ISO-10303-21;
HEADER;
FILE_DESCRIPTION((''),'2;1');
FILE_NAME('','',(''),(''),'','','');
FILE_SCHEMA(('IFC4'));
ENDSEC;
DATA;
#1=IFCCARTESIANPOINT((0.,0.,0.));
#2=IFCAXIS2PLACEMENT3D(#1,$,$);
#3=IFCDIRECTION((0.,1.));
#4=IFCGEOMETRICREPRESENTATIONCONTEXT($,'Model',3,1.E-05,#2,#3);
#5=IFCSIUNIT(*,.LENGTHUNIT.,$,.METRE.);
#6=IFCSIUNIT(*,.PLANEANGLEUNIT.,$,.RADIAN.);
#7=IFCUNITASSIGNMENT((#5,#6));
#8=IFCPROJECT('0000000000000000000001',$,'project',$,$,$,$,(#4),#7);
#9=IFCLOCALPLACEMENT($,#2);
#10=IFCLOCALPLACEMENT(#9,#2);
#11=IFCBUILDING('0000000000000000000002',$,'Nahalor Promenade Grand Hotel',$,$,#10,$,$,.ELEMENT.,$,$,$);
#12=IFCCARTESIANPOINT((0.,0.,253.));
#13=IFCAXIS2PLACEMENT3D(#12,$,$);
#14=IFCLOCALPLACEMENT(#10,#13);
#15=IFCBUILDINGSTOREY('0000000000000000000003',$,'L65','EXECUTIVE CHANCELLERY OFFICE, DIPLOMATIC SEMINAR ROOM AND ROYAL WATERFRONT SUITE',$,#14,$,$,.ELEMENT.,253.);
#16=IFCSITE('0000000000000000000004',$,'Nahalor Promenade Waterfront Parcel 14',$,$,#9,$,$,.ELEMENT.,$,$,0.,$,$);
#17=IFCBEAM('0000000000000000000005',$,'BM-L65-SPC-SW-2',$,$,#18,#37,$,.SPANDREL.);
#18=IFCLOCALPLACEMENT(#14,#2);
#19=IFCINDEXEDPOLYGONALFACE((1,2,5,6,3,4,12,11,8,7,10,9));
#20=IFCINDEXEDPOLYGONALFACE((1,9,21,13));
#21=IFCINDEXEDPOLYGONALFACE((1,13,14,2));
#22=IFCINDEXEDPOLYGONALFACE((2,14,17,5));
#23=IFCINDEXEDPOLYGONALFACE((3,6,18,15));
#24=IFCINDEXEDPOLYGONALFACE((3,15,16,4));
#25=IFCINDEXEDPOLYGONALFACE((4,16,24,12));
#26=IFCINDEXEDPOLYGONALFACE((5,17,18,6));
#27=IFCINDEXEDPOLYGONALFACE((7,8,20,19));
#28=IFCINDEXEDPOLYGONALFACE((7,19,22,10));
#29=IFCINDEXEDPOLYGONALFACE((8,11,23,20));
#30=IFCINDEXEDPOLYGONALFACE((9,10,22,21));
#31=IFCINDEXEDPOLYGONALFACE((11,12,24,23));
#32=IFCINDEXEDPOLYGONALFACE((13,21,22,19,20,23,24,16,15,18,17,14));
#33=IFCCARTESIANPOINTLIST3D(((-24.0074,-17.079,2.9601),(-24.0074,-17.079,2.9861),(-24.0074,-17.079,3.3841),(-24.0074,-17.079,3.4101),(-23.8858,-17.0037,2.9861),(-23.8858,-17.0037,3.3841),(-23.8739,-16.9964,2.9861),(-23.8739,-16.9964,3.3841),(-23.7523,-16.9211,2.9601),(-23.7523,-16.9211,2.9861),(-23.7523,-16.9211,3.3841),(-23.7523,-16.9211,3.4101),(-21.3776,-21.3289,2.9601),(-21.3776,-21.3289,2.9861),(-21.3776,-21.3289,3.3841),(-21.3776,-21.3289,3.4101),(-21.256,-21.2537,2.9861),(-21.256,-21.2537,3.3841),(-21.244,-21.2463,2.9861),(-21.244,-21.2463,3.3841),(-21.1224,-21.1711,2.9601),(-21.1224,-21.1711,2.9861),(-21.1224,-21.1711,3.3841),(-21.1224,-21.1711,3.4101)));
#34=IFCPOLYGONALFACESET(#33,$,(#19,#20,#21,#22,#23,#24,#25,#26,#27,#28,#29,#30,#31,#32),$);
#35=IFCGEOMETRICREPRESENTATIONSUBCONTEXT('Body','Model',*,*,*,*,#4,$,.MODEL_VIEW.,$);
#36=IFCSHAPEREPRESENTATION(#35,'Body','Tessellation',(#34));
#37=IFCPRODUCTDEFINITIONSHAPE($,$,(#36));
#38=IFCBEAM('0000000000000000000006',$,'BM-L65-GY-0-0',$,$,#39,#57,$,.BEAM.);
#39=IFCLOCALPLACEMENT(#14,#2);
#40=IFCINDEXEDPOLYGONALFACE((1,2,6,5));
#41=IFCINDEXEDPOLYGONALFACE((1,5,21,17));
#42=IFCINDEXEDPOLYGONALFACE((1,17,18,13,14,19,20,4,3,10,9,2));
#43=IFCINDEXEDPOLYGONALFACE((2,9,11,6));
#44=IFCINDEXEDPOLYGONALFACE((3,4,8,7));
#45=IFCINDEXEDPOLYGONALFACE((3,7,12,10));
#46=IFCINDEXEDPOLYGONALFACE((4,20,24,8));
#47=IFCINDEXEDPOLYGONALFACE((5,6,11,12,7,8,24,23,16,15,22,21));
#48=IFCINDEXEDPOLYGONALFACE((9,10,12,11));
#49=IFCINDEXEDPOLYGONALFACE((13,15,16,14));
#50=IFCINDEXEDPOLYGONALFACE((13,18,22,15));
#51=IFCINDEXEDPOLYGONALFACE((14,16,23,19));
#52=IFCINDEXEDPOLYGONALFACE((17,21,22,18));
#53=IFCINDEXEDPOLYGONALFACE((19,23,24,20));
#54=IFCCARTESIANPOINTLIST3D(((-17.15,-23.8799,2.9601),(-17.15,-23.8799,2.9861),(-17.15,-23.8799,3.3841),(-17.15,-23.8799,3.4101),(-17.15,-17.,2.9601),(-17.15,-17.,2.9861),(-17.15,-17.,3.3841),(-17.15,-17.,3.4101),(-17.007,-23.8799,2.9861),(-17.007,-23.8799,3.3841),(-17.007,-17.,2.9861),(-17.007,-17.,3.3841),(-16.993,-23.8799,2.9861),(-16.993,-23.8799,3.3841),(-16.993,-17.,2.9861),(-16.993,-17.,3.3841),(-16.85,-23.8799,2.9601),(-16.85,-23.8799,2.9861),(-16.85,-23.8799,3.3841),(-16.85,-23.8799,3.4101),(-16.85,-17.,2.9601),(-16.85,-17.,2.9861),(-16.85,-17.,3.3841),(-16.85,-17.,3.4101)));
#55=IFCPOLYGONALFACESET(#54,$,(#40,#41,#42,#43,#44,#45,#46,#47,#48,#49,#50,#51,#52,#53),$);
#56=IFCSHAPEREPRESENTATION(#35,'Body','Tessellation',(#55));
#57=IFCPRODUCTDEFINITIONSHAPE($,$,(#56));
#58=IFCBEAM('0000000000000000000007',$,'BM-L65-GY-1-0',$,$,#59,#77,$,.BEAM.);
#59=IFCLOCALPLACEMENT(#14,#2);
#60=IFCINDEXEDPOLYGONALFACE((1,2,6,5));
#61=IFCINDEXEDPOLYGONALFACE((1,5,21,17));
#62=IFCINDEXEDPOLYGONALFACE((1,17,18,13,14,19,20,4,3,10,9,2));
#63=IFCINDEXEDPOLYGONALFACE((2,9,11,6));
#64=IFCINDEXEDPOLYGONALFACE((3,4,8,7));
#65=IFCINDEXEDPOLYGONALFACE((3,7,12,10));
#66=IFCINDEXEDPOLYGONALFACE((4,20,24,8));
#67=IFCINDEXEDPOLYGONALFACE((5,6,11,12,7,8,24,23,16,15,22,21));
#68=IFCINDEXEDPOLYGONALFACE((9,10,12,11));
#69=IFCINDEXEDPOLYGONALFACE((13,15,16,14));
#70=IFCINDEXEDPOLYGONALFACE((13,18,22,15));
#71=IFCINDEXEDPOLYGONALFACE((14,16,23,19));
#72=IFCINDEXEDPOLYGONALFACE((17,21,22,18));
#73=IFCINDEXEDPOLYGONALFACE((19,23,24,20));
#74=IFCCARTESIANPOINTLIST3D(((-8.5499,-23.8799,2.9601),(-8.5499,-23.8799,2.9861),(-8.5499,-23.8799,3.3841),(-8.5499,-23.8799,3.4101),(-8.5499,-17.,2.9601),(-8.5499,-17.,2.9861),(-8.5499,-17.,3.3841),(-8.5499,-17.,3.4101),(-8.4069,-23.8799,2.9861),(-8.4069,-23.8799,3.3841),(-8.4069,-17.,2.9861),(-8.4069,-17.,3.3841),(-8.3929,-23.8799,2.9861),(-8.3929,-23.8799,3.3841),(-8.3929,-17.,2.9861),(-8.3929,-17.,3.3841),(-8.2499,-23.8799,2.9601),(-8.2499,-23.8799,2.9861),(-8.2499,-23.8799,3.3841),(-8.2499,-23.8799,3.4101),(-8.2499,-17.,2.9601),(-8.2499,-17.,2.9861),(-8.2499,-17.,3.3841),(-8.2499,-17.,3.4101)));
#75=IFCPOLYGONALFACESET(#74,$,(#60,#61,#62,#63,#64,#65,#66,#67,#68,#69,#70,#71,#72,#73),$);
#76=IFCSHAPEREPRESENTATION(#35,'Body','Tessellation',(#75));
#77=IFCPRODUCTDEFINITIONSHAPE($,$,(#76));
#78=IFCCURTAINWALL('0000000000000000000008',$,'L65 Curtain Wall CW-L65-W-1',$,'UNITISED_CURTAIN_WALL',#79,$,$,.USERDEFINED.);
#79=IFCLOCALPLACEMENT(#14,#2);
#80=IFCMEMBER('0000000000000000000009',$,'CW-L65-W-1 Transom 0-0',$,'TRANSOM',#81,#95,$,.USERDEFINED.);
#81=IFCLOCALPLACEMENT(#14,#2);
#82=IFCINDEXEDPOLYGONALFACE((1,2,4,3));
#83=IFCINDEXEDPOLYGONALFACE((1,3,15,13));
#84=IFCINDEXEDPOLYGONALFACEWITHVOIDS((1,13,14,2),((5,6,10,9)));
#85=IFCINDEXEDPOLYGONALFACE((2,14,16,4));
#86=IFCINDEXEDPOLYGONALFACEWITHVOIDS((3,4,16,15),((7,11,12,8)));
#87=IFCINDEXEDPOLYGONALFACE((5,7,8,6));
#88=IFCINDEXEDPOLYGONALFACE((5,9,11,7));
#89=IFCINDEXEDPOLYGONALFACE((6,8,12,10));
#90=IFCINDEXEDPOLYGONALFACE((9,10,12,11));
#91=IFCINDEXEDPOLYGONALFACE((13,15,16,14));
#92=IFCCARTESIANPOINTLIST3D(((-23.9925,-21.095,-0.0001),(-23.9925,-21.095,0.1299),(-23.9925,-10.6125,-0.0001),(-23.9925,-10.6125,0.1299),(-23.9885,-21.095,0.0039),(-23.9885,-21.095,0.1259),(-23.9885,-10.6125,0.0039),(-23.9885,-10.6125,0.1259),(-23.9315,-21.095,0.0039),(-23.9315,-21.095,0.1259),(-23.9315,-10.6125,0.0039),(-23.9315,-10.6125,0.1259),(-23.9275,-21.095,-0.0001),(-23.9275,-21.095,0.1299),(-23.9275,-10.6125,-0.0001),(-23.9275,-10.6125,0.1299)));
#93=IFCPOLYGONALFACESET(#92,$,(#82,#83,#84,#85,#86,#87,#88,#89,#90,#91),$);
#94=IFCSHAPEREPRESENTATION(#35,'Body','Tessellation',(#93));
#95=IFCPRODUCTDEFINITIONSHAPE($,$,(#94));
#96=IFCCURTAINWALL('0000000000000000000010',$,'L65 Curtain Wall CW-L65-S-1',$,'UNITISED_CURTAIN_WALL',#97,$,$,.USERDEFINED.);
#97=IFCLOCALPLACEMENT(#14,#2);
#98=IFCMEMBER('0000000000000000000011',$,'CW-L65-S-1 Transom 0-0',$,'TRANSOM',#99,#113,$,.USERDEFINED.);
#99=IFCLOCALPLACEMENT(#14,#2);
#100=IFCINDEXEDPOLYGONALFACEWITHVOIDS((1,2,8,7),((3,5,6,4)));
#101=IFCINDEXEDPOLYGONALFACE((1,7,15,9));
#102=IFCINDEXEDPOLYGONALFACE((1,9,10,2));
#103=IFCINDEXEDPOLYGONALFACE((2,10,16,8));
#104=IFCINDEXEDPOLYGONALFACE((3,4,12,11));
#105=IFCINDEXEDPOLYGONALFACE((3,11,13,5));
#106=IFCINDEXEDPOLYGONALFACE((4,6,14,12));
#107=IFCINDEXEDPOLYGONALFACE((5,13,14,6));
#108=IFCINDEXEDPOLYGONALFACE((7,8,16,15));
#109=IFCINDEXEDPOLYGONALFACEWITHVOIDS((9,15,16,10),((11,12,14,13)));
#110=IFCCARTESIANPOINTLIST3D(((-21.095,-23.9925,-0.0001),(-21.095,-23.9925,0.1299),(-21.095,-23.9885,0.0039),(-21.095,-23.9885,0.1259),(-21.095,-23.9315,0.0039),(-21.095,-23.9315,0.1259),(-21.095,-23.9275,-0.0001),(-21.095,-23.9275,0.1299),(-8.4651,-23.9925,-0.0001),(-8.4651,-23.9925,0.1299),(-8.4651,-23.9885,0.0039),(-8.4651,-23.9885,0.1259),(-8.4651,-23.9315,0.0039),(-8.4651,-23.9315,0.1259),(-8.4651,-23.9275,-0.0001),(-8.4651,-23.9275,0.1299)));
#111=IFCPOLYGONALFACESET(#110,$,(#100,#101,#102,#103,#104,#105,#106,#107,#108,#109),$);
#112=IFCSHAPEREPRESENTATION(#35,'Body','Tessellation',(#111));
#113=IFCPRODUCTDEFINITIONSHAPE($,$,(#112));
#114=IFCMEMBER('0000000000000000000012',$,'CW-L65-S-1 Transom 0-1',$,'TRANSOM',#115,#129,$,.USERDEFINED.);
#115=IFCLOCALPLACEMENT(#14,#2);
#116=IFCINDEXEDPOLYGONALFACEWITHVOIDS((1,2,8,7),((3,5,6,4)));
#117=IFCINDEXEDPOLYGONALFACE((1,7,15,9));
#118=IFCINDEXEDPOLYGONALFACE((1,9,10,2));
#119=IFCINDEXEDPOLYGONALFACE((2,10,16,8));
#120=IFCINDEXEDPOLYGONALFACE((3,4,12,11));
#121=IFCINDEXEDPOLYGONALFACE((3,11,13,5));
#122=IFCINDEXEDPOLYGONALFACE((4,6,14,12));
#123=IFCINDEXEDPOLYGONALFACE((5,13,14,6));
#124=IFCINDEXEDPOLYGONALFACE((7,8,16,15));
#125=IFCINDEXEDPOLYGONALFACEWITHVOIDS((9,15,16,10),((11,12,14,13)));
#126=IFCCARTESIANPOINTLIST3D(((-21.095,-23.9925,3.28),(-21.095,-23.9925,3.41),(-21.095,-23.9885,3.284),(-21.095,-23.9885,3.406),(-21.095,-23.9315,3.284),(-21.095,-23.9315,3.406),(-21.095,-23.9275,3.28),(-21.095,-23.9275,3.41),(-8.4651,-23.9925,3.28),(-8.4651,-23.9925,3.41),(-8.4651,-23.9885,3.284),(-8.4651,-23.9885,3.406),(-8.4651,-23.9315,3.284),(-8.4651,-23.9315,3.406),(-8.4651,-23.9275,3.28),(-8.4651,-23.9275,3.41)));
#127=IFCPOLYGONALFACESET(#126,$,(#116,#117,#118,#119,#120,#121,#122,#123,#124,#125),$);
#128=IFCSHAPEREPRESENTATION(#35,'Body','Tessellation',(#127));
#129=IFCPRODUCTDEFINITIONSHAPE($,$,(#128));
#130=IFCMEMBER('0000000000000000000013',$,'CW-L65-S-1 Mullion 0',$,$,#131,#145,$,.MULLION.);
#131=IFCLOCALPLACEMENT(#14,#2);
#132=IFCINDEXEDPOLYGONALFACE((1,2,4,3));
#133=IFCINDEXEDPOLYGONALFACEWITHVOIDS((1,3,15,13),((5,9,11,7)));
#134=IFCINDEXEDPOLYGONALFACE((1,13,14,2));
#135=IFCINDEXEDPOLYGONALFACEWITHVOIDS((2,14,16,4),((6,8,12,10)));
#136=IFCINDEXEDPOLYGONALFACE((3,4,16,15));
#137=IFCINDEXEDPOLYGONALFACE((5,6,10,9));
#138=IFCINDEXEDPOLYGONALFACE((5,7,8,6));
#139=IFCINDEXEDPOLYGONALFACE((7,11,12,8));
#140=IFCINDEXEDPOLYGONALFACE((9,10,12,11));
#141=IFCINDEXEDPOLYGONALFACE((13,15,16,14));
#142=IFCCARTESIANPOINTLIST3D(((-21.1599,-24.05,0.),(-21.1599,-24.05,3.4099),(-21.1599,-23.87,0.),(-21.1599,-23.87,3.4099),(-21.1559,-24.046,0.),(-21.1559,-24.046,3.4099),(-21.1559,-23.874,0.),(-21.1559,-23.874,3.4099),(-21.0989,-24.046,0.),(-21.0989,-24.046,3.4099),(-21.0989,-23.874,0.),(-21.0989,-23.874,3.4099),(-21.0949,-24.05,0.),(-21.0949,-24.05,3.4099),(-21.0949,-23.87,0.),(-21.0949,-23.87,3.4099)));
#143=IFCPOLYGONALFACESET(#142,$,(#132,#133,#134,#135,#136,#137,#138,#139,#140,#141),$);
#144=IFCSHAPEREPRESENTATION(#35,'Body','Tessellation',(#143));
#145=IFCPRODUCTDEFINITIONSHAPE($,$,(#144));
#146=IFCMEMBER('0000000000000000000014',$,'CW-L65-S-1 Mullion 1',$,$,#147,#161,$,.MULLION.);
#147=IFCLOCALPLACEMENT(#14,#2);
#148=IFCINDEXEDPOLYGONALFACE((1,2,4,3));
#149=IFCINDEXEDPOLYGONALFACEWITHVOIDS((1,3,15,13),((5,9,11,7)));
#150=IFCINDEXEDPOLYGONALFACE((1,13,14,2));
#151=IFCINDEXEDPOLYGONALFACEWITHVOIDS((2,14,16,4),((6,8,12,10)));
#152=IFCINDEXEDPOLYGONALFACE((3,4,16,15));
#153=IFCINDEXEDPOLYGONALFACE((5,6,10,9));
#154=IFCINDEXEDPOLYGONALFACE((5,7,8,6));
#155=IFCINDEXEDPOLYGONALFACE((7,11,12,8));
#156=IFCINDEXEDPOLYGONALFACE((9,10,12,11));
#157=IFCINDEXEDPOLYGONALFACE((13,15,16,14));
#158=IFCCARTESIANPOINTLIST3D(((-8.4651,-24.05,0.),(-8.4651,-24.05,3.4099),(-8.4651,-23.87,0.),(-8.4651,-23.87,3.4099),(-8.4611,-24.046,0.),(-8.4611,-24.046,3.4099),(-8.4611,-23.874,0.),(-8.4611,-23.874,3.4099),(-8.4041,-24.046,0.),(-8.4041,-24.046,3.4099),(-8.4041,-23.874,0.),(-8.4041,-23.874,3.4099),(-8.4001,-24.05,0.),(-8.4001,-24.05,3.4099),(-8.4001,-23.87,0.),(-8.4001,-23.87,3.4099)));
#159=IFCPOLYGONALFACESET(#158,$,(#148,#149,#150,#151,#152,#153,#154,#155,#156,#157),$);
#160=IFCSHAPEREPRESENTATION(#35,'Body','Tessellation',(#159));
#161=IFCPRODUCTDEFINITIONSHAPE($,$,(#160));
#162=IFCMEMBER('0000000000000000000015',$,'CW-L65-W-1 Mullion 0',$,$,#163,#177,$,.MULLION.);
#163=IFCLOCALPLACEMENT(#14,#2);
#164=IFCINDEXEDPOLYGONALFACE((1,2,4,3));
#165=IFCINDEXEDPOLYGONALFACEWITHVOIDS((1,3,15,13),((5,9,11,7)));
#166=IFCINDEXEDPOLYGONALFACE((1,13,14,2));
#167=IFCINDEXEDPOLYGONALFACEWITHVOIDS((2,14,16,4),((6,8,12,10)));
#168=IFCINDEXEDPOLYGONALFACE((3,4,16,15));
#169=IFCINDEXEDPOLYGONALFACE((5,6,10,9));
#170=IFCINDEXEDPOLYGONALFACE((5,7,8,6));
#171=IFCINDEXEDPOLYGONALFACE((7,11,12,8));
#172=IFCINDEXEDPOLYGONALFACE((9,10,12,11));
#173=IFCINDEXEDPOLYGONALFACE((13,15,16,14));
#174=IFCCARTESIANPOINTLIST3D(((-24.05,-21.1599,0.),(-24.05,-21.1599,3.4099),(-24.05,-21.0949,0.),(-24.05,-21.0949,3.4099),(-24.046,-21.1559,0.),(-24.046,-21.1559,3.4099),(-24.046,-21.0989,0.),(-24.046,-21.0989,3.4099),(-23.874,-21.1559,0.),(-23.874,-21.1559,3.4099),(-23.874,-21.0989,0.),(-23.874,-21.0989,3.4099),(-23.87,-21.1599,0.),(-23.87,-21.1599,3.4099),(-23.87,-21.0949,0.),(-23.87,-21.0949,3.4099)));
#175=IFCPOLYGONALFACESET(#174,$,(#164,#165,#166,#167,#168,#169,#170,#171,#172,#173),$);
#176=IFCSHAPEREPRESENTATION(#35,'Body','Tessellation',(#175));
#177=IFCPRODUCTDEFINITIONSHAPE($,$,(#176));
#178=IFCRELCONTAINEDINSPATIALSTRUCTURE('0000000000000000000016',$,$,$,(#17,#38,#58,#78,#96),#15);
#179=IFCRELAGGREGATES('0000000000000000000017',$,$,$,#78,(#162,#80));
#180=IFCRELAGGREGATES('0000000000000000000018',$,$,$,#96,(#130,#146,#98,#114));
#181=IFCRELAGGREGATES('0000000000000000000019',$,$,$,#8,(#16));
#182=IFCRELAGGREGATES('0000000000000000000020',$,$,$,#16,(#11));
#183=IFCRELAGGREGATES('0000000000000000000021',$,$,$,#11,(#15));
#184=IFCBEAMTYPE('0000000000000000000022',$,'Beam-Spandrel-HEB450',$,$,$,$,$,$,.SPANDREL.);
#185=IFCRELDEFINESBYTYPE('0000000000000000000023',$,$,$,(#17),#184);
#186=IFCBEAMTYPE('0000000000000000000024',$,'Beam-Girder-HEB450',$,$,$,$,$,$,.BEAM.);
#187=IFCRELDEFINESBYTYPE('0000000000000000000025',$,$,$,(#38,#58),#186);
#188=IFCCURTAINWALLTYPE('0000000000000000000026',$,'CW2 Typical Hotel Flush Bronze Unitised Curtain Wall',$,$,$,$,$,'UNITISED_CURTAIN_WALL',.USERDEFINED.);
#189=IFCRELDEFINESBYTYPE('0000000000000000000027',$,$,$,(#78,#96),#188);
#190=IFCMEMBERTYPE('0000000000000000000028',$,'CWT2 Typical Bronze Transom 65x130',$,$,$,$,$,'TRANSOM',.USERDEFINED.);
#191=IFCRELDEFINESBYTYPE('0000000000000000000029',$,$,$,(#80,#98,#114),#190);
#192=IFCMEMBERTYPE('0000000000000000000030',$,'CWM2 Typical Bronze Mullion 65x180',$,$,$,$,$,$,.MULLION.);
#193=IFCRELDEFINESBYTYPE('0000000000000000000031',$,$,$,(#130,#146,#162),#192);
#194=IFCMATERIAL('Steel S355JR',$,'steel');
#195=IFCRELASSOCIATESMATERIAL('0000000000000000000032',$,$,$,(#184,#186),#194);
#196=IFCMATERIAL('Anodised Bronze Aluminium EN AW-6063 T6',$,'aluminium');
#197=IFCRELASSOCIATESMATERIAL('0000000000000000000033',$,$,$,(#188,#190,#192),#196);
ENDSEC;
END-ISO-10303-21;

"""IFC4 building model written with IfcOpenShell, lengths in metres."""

from ifc_helpers import new_model, si_unit, direction, frame, origin, origin_2d, place, context, subcontext, project, spatial, hollow_rectangle, i_section, extrude, source, transform, mapped, material, material_profile, profile_set, type_object, element, aggregate, save


model = new_model("IFC4")

# Units and contexts
model_context = context("Model", 3, precision=1e-05, world=origin(), true_north=direction((0.0, 1.0)))
body_context = subcontext(model_context, "Body", "Model", "MODEL_VIEW")
ifc_project = project(units=[si_unit("LENGTHUNIT", "METRE"), si_unit("PLANEANGLEUNIT", "RADIAN")], contexts=[model_context])

# Site, building, storey
site_placement = place(None, origin())
site = spatial("IfcSite", under=ifc_project, at=site_placement, Name="Nahalor Promenade Waterfront Parcel 14", CompositionType="ELEMENT", RefElevation=0.0)
building_placement = place(site_placement, origin())
building = spatial("IfcBuilding", under=site, at=building_placement, Name="Nahalor Promenade Grand Hotel", CompositionType="ELEMENT")
storey_placement = place(building_placement, frame((0.0, 0.0, 253.0)))
storey = spatial("IfcBuildingStorey", under=building, at=storey_placement, Name="L65", Description="EXECUTIVE CHANCELLERY OFFICE, DIPLOMATIC SEMINAR ROOM AND ROYAL WATERFRONT SUITE", CompositionType="ELEMENT", Elevation=253.0)

# Shared definitions
ifc_material_1 = material(Name="Steel S355JR", Category="steel")

# Beams
ifc_material_profile_1 = material_profile(ifc_material_1, i_section(OverallWidth=0.3, OverallDepth=0.45, WebThickness=0.014, FlangeThickness=0.026, at=origin_2d()), Name="HEB 450")
ifc_profile_set_1 = profile_set([ifc_material_profile_1], Name="Steel S355JR")
beam_type_1 = type_object("IfcBeamType", Name="Beam-Spandrel-HEB450", PredefinedType="SPANDREL", material=ifc_profile_set_1)
shared_shape_1 = source(origin(), body_context, "Body", "SweptSolid", [
    extrude(i_section(OverallWidth=0.3, OverallDepth=0.45, WebThickness=0.014, FlangeThickness=0.026, at=origin_2d()), origin(), (0.0, 0.0, 1.0), 4.9978),
])
for number, where, z_axis, x_axis, name in (
    (1, (-21.25, -21.25, 3.1851), (-0.5262, 0.850361, 0.0), (-0.850361, -0.5262, 0.0), "BM-L65-SPC-SW-2"),
):
    element("IfcBeam", number, at=place(storey_placement, frame(where, z_axis=z_axis, x_axis=x_axis)), inside=storey, type_object=beam_type_1, Name=name, PredefinedType="SPANDREL", context=body_context, shape_type="MappedRepresentation", body=[
        mapped(shared_shape_1, transform((0.0, 0.0, 0.0), scale=1.0)),
    ])
ifc_material_profile_2 = material_profile(ifc_material_1, i_section(OverallWidth=0.3, OverallDepth=0.45, WebThickness=0.014, FlangeThickness=0.026, at=origin_2d()), Name="HEB 450")
ifc_profile_set_2 = profile_set([ifc_material_profile_2], Name="Steel S355JR")
beam_type_2 = type_object("IfcBeamType", Name="Beam-Girder-HEB450", PredefinedType="BEAM", material=ifc_profile_set_2)
shared_shape_2 = source(origin(), body_context, "Body", "SweptSolid", [
    extrude(i_section(OverallWidth=0.3, OverallDepth=0.45, WebThickness=0.014, FlangeThickness=0.026, at=origin_2d()), origin(), (0.0, 0.0, 1.0), 6.8799),
])
for number, where, z_axis, x_axis, name in (
    (2, (-17.0, -23.8799, 3.1851), (0.0, 1.0, 0.0), (-1.0, 0.0, 0.0), "BM-L65-GY-0-0"),
    (3, (-8.3999, -23.8799, 3.1851), (0.0, 1.0, 0.0), (-1.0, 0.0, 0.0), "BM-L65-GY-1-0"),
):
    element("IfcBeam", number, at=place(storey_placement, frame(where, z_axis=z_axis, x_axis=x_axis)), inside=storey, type_object=beam_type_2, Name=name, PredefinedType="BEAM", context=body_context, shape_type="MappedRepresentation", body=[
        mapped(shared_shape_2, transform((0.0, 0.0, 0.0), scale=1.0)),
    ])

# Curtain wall, member
ifc_material_2 = material(Name="Anodised Bronze Aluminium EN AW-6063 T6", Category="aluminium")
curtain_wall_type = type_object("IfcCurtainWallType", Name="CW2 Typical Hotel Flush Bronze Unitised Curtain Wall", ElementType="UNITISED_CURTAIN_WALL", PredefinedType="USERDEFINED", material=ifc_material_2)
curtain_wall_1_placement = place(storey_placement, origin())
curtain_wall_1 = element("IfcCurtainWall", 4, at=curtain_wall_1_placement, inside=storey, type_object=curtain_wall_type, Name="L65 Curtain Wall CW-L65-W-1", ObjectType="UNITISED_CURTAIN_WALL", PredefinedType="USERDEFINED")
ifc_material_profile_3 = material_profile(ifc_material_2, hollow_rectangle(XDim=0.065, YDim=0.13, WallThickness=0.004, at=origin_2d()), Name="CWT 65x130x4")
ifc_profile_set_3 = profile_set([ifc_material_profile_3], Name="Anodised Bronze Aluminium EN AW-6063 T6")
member_type_1 = type_object("IfcMemberType", Name="CWT2 Typical Bronze Transom 65x130", ElementType="TRANSOM", PredefinedType="USERDEFINED", material=ifc_profile_set_3)
shared_shape_3 = source(origin(), body_context, "Body", "SweptSolid", [
    extrude(hollow_rectangle(XDim=0.065, YDim=0.13, WallThickness=0.004, at=origin_2d()), origin(), (0.0, 0.0, 1.0), 10.4824),
])
member_1_placement = place(storey_placement, frame((-23.96, -21.095, 0.0649), z_axis=(0.0, 1.0, 0.0), x_axis=(-1.0, 0.0, 0.0)))
member_1 = element("IfcMember", 5, at=member_1_placement, type_object=member_type_1, Name="CW-L65-W-1 Transom 0-0", ObjectType="TRANSOM", PredefinedType="USERDEFINED", context=body_context, shape_type="MappedRepresentation", body=[
    mapped(shared_shape_3, transform((0.0, 0.0, 0.0), scale=1.0)),
])

# Curtain wall, members
curtain_wall_2_placement = place(storey_placement, origin())
curtain_wall_2 = element("IfcCurtainWall", 6, at=curtain_wall_2_placement, inside=storey, type_object=curtain_wall_type, Name="L65 Curtain Wall CW-L65-S-1", ObjectType="UNITISED_CURTAIN_WALL", PredefinedType="USERDEFINED")
shared_shape_4 = source(origin(), body_context, "Body", "SweptSolid", [
    extrude(hollow_rectangle(XDim=0.065, YDim=0.13, WallThickness=0.004, at=origin_2d()), origin(), (0.0, 0.0, 1.0), 12.6299),
])
member_2_placement = place(storey_placement, frame((-21.095, -23.96, 0.0649), z_axis=(1.0, 0.0, 0.0), x_axis=(0.0, 1.0, 0.0)))
member_2 = element("IfcMember", 7, at=member_2_placement, type_object=member_type_1, Name="CW-L65-S-1 Transom 0-0", ObjectType="TRANSOM", PredefinedType="USERDEFINED", context=body_context, shape_type="MappedRepresentation", body=[
    mapped(shared_shape_4, transform((0.0, 0.0, 0.0), scale=1.0)),
])
member_3_placement = place(storey_placement, frame((-21.095, -23.96, 3.345), z_axis=(1.0, 0.0, 0.0), x_axis=(0.0, 1.0, 0.0)))
member_3 = element("IfcMember", 8, at=member_3_placement, type_object=member_type_1, Name="CW-L65-S-1 Transom 0-1", ObjectType="TRANSOM", PredefinedType="USERDEFINED", context=body_context, shape_type="MappedRepresentation", body=[
    mapped(shared_shape_4, transform((0.0, 0.0, 0.0), scale=1.0)),
])
ifc_material_profile_4 = material_profile(ifc_material_2, hollow_rectangle(XDim=0.065, YDim=0.18, WallThickness=0.004, at=origin_2d()), Name="CWM 65x180x4")
ifc_profile_set_4 = profile_set([ifc_material_profile_4], Name="Anodised Bronze Aluminium EN AW-6063 T6")
member_type_2 = type_object("IfcMemberType", Name="CWM2 Typical Bronze Mullion 65x180", PredefinedType="MULLION", material=ifc_profile_set_4)
shared_shape_5 = source(origin(), body_context, "Body", "SweptSolid", [
    extrude(hollow_rectangle(XDim=0.065, YDim=0.18, WallThickness=0.004, at=origin_2d()), origin(), (0.0, 0.0, 1.0), 3.4099),
])
member_4_placement = place(storey_placement, frame((-21.1274, -23.96, 0.0), z_axis=(0.0, 0.0, 1.0), x_axis=(1.0, 0.0, 0.0)))
member_4 = element("IfcMember", 9, at=member_4_placement, type_object=member_type_2, Name="CW-L65-S-1 Mullion 0", PredefinedType="MULLION", context=body_context, shape_type="MappedRepresentation", body=[
    mapped(shared_shape_5, transform((0.0, 0.0, 0.0), scale=1.0)),
])
member_5_placement = place(storey_placement, frame((-8.4326, -23.96, 0.0), z_axis=(0.0, 0.0, 1.0), x_axis=(1.0, 0.0, 0.0)))
member_5 = element("IfcMember", 10, at=member_5_placement, type_object=member_type_2, Name="CW-L65-S-1 Mullion 1", PredefinedType="MULLION", context=body_context, shape_type="MappedRepresentation", body=[
    mapped(shared_shape_5, transform((0.0, 0.0, 0.0), scale=1.0)),
])

# Member
member_6_placement = place(storey_placement, frame((-23.96, -21.1274, 0.0), z_axis=(0.0, 0.0, 1.0), x_axis=(0.0, 1.0, 0.0)))
member_6 = element("IfcMember", 11, at=member_6_placement, type_object=member_type_2, Name="CW-L65-W-1 Mullion 0", PredefinedType="MULLION", context=body_context, shape_type="MappedRepresentation", body=[
    mapped(shared_shape_5, transform((0.0, 0.0, 0.0), scale=1.0)),
])
aggregate(curtain_wall_1, [member_6, member_1])

aggregate(curtain_wall_2, [member_4, member_5, member_2, member_3])

save(model, "model.ifc")
